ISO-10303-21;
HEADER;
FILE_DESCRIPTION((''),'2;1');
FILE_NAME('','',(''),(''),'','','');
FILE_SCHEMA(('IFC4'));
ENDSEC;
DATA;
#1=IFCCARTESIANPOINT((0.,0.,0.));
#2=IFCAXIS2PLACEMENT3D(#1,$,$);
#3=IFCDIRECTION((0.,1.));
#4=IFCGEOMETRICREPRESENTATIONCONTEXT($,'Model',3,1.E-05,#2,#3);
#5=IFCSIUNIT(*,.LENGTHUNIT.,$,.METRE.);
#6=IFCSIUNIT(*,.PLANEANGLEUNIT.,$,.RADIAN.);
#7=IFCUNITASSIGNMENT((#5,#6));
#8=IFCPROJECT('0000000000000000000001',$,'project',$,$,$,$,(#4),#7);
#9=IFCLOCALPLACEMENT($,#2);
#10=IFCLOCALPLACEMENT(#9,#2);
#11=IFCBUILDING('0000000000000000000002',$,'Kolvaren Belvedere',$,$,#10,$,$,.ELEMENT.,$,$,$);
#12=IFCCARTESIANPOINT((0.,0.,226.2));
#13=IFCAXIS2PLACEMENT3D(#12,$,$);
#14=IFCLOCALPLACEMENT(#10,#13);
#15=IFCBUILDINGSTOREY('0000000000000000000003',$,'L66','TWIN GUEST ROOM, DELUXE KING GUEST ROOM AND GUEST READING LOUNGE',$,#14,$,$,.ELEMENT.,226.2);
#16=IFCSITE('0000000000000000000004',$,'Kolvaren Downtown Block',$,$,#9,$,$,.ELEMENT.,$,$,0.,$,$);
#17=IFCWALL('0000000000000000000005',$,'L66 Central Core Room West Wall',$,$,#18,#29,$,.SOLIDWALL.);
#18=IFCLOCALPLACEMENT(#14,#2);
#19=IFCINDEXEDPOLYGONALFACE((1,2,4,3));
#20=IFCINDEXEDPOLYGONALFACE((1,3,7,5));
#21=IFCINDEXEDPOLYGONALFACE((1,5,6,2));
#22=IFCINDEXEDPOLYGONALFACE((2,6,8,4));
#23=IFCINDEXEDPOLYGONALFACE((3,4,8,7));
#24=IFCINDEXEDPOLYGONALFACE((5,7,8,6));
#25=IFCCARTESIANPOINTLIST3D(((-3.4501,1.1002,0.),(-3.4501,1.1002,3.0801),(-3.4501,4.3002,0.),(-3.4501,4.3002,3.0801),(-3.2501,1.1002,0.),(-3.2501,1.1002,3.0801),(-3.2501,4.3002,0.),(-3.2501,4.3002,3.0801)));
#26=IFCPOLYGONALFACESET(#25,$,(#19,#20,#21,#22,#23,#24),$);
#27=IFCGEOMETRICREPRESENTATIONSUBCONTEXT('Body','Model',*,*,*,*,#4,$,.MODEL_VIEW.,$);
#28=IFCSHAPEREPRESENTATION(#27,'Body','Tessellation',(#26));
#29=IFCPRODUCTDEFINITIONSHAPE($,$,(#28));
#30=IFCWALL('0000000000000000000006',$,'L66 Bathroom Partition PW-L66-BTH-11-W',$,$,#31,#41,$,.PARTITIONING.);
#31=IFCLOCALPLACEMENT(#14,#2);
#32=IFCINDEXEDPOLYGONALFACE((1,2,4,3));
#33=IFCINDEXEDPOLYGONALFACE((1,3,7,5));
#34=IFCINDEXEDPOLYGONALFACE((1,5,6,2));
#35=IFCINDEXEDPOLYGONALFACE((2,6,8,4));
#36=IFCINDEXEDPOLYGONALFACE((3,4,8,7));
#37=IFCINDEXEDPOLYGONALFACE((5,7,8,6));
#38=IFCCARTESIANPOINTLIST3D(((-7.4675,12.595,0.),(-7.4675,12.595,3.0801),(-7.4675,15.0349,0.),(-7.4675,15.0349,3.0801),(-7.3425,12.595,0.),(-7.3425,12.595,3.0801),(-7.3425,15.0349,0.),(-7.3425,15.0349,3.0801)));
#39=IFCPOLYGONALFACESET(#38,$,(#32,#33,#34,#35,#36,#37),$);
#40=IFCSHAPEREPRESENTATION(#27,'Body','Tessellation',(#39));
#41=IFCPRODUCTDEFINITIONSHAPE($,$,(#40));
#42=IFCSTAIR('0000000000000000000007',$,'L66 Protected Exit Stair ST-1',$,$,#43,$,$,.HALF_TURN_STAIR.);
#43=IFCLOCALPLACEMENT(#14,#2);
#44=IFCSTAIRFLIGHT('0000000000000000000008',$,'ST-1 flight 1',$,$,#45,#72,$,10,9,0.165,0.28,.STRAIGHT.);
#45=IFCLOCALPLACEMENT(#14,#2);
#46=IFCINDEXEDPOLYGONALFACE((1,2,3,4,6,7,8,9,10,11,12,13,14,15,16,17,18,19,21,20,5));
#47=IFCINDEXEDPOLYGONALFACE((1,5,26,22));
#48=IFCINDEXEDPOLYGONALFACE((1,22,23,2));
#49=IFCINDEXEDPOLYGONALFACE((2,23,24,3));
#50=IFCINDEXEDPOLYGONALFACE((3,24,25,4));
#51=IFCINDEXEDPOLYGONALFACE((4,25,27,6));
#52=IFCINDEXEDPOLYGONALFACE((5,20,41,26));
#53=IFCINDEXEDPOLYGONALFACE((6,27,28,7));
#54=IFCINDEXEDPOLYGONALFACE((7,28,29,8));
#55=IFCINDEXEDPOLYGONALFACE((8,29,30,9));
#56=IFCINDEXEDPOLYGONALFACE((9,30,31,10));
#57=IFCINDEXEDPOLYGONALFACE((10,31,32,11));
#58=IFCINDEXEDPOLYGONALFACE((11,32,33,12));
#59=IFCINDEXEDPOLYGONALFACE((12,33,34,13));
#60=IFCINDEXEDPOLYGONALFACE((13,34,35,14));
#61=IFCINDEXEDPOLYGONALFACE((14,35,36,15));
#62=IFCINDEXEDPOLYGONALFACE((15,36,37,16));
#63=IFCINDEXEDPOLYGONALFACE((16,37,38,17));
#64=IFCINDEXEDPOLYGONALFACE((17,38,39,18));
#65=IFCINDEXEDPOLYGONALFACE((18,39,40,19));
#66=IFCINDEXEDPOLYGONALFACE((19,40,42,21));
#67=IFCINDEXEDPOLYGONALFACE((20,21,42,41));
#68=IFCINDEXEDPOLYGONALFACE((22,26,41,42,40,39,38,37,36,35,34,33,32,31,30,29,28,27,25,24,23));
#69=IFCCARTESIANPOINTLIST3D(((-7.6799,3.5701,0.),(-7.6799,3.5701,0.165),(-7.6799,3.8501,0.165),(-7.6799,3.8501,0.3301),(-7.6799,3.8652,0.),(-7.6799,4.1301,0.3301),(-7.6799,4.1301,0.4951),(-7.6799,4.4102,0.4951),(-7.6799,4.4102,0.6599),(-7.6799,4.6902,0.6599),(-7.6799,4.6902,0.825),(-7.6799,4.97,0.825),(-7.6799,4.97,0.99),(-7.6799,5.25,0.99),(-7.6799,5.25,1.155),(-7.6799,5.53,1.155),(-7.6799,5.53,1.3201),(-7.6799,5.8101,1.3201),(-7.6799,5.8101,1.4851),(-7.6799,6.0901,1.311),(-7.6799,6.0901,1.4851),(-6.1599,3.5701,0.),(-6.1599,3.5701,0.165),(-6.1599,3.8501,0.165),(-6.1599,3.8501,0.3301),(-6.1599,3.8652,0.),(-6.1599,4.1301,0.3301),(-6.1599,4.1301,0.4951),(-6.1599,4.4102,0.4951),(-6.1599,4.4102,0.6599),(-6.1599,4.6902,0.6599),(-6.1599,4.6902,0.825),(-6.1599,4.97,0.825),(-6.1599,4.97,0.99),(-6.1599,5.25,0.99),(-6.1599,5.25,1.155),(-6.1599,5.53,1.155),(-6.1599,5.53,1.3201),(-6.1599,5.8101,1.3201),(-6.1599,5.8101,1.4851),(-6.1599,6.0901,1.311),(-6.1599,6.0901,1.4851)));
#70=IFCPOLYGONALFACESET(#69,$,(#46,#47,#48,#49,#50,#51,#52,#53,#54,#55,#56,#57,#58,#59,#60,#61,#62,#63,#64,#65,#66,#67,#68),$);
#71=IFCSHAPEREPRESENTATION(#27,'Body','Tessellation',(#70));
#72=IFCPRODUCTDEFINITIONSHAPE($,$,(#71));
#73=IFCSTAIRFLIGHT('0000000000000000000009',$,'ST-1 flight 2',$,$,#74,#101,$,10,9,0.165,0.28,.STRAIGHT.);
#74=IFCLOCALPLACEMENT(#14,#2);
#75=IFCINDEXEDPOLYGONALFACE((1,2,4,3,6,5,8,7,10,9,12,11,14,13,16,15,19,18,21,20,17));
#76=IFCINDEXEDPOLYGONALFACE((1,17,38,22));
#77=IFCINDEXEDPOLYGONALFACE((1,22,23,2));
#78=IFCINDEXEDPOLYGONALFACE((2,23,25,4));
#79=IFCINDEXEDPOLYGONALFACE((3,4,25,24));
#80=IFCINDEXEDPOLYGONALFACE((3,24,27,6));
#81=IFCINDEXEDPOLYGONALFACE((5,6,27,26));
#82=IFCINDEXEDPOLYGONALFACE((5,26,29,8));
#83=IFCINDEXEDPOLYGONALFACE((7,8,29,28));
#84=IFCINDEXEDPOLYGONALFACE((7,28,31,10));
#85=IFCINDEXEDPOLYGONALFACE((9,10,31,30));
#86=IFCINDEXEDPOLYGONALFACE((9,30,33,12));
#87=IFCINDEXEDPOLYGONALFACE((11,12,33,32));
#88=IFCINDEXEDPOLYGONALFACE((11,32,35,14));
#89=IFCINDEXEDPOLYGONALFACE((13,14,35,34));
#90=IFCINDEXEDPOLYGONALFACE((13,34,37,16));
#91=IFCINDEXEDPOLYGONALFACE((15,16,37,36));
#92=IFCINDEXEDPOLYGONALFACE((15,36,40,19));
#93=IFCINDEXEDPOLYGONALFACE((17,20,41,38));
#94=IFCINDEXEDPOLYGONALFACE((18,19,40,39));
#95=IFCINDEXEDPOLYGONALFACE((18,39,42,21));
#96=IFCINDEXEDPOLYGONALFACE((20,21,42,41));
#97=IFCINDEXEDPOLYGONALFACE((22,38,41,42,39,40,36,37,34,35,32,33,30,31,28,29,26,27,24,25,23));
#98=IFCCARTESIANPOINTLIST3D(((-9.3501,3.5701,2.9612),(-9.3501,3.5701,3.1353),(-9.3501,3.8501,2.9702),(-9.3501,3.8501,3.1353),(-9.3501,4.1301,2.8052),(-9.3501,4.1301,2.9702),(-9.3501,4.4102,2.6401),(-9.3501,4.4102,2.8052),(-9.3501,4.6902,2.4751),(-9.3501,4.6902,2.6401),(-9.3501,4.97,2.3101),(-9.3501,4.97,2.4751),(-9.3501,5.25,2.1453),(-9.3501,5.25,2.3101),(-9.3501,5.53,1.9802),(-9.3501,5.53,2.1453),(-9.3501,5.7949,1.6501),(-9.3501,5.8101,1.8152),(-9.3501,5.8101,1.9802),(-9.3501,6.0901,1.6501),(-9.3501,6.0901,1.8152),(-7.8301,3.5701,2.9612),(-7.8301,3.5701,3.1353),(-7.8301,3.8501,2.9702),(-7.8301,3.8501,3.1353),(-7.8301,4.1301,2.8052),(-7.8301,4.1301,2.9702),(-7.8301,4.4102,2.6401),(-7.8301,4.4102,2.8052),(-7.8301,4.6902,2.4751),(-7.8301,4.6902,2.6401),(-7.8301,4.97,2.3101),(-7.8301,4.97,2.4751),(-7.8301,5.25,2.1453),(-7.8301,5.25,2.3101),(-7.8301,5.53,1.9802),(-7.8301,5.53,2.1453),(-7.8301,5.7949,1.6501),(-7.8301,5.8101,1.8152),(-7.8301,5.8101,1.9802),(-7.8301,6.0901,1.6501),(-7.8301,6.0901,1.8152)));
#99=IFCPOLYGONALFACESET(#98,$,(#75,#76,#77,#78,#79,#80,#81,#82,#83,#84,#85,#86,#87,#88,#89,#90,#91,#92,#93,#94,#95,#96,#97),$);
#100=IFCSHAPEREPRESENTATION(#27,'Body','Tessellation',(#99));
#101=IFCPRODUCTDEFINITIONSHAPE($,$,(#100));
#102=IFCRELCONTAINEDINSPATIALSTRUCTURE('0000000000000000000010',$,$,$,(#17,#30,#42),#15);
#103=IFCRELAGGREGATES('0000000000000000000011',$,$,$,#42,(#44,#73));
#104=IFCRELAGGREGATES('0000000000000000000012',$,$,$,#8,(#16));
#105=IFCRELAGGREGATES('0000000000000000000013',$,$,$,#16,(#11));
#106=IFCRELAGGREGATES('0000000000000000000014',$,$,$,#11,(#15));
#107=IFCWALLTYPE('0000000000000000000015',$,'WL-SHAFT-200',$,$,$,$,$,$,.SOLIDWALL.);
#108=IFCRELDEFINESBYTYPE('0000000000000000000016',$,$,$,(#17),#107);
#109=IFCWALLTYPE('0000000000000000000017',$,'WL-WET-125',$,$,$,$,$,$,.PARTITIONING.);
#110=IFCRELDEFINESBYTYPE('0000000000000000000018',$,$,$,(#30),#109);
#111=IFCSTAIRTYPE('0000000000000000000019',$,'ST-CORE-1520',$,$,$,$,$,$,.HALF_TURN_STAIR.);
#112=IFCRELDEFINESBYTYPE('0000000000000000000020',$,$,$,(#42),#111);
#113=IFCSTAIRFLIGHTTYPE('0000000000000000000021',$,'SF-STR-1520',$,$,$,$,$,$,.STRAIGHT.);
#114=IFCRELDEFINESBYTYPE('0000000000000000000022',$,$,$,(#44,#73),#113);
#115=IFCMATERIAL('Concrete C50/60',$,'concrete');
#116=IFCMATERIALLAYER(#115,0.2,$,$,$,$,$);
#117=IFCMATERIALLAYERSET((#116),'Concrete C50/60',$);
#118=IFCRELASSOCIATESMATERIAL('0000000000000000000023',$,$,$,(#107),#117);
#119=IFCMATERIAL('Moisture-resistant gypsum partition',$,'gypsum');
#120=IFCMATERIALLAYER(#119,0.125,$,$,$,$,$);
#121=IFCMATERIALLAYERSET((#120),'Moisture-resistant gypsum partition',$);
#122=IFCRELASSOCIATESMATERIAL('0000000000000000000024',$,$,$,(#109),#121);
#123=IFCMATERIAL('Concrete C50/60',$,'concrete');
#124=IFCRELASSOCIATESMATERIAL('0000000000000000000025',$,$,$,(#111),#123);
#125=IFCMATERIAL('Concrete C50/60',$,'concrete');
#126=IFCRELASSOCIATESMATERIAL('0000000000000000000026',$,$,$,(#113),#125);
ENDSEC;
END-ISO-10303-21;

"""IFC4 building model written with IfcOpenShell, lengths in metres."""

from ifc_helpers import new_model, si_unit, direction, frame, frame_2d, origin, place, context, subcontext, project, spatial, polyline, rectangle, outline, extrude, material, layer, layer_set, type_object, element, aggregate, save


model = new_model("IFC4")

# Units and contexts
model_context = context("Model", 3, precision=1e-05, world=origin(), true_north=direction((0.0, 1.0)))
body_context = subcontext(model_context, "Body", "Model", "MODEL_VIEW")
ifc_project = project(units=[si_unit("LENGTHUNIT", "METRE"), si_unit("PLANEANGLEUNIT", "RADIAN")], contexts=[model_context])

# Site, building, storey
site_placement = place(None, origin())
site = spatial("IfcSite", under=ifc_project, at=site_placement, Name="Kolvaren Downtown Block", CompositionType="ELEMENT", RefElevation=0.0)
building_placement = place(site_placement, origin())
building = spatial("IfcBuilding", under=site, at=building_placement, Name="Kolvaren Belvedere", CompositionType="ELEMENT")
storey_placement = place(building_placement, frame((0.0, 0.0, 226.2)))
storey = spatial("IfcBuildingStorey", under=building, at=storey_placement, Name="L66", Description="TWIN GUEST ROOM, DELUXE KING GUEST ROOM AND GUEST READING LOUNGE", CompositionType="ELEMENT", Elevation=226.2)

# Walls
ifc_material_1 = material(Name="Concrete C50/60", Category="concrete")
ifc_layer_1 = layer(ifc_material_1, 0.2)
ifc_layer_set_1 = layer_set([ifc_layer_1], Name="Concrete C50/60")
wall_type_1 = type_object("IfcWallType", Name="WL-SHAFT-200", PredefinedType="SOLIDWALL", material=ifc_layer_set_1)
wall_1_placement = place(storey_placement, frame((-3.3501, 1.1001, 0.0), z_axis=(0.0, 0.0, 1.0), x_axis=(0.0, 1.0, 0.0)))
element("IfcWall", 1, at=wall_1_placement, inside=storey, type_object=wall_type_1, Name="L66 Central Core Room West Wall", PredefinedType="SOLIDWALL", context=body_context, shape_type="SweptSolid", body=[
    extrude(rectangle(XDim=3.2, YDim=0.2, at=frame_2d((1.6001, 0.0))), origin(), (0.0, 0.0, 1.0), 3.0801),
])
ifc_material_2 = material(Name="Moisture-resistant gypsum partition", Category="gypsum")
ifc_layer_2 = layer(ifc_material_2, 0.125)
ifc_layer_set_2 = layer_set([ifc_layer_2], Name="Moisture-resistant gypsum partition")
wall_type_2 = type_object("IfcWallType", Name="WL-WET-125", PredefinedType="PARTITIONING", material=ifc_layer_set_2)
wall_2_placement = place(storey_placement, frame((-7.405, 12.595, 0.0), z_axis=(0.0, 0.0, 1.0), x_axis=(0.0, 1.0, 0.0)))
element("IfcWall", 2, at=wall_2_placement, inside=storey, type_object=wall_type_2, Name="L66 Bathroom Partition PW-L66-BTH-11-W", PredefinedType="PARTITIONING", context=body_context, shape_type="SweptSolid", body=[
    extrude(rectangle(XDim=2.4399, YDim=0.125, at=frame_2d((1.22, 0.0))), origin(), (0.0, 0.0, 1.0), 3.0801),
])

# Stair, stair flights
ifc_material_3 = material(Name="Concrete C50/60", Category="concrete")
stair_type = type_object("IfcStairType", Name="ST-CORE-1520", PredefinedType="HALF_TURN_STAIR", material=ifc_material_3)
stair_placement = place(storey_placement, origin())
stair = element("IfcStair", 3, at=stair_placement, inside=storey, type_object=stair_type, Name="L66 Protected Exit Stair ST-1", PredefinedType="HALF_TURN_STAIR")
ifc_material_4 = material(Name="Concrete C50/60", Category="concrete")
stair_flight_type = type_object("IfcStairFlightType", Name="SF-STR-1520", PredefinedType="STRAIGHT", material=ifc_material_4)
stair_flight_1_placement = place(storey_placement, frame((-6.9199, 3.5701, 0.0), z_axis=(0.0, 0.0, 1.0), x_axis=(0.0, 1.0, 0.0)))
stair_flight_1 = element("IfcStairFlight", 4, at=stair_flight_1_placement, type_object=stair_flight_type, Name="ST-1 flight 1", NumberOfRisers=10, NumberOfTreads=9, PredefinedType="STRAIGHT", RiserHeight=0.165, TreadLength=0.28, context=body_context, shape_type="SweptSolid", body=[
    extrude(outline(polyline([(0.0, 0.0), (0.0, 0.165), (0.28, 0.165), (0.28, 0.3301), (0.5601, 0.3301), (0.5601, 0.4951), (0.8401, 0.4951), (0.8401, 0.6599), (1.1201, 0.6599), (1.1201, 0.825), (1.3999, 0.825), (1.3999, 0.99), (1.6799, 0.99), (1.6799, 1.155), (1.96, 1.155), (1.96, 1.3201), (2.24, 1.3201), (2.24, 1.4851), (2.52, 1.4851), (2.52, 1.6499), (2.52, 1.311), (0.2952, 0.0), (0.0, 0.0)])), frame((0.0, 0.76, 0.0), z_axis=(0.0, -1.0, 0.0), x_axis=(1.0, 0.0, 0.0)), (0.0, 0.0, 1.0), 1.52),
])
stair_flight_2_placement = place(storey_placement, frame((-8.5901, 6.0901, 1.6501), z_axis=(0.0, 0.0, 1.0), x_axis=(0.0, -1.0, 0.0)))
stair_flight_2 = element("IfcStairFlight", 5, at=stair_flight_2_placement, type_object=stair_flight_type, Name="ST-1 flight 2", NumberOfRisers=10, NumberOfTreads=9, PredefinedType="STRAIGHT", RiserHeight=0.165, TreadLength=0.28, context=body_context, shape_type="SweptSolid", body=[
    extrude(outline(polyline([(0.0, 0.0), (0.0, 0.165), (0.28, 0.165), (0.28, 0.3301), (0.5601, 0.3301), (0.5601, 0.4951), (0.8401, 0.4951), (0.8401, 0.6599), (1.1201, 0.6599), (1.1201, 0.825), (1.3999, 0.825), (1.3999, 0.99), (1.6799, 0.99), (1.6799, 1.155), (1.96, 1.155), (1.96, 1.3201), (2.24, 1.3201), (2.24, 1.4851), (2.52, 1.4851), (2.52, 1.6499), (2.52, 1.311), (0.2952, 0.0), (0.0, 0.0)])), frame((0.0, 0.76, 0.0), z_axis=(0.0, -1.0, 0.0), x_axis=(1.0, 0.0, 0.0)), (0.0, 0.0, 1.0), 1.52),
])
aggregate(stair, [stair_flight_1, stair_flight_2])

save(model, "model.ifc")
